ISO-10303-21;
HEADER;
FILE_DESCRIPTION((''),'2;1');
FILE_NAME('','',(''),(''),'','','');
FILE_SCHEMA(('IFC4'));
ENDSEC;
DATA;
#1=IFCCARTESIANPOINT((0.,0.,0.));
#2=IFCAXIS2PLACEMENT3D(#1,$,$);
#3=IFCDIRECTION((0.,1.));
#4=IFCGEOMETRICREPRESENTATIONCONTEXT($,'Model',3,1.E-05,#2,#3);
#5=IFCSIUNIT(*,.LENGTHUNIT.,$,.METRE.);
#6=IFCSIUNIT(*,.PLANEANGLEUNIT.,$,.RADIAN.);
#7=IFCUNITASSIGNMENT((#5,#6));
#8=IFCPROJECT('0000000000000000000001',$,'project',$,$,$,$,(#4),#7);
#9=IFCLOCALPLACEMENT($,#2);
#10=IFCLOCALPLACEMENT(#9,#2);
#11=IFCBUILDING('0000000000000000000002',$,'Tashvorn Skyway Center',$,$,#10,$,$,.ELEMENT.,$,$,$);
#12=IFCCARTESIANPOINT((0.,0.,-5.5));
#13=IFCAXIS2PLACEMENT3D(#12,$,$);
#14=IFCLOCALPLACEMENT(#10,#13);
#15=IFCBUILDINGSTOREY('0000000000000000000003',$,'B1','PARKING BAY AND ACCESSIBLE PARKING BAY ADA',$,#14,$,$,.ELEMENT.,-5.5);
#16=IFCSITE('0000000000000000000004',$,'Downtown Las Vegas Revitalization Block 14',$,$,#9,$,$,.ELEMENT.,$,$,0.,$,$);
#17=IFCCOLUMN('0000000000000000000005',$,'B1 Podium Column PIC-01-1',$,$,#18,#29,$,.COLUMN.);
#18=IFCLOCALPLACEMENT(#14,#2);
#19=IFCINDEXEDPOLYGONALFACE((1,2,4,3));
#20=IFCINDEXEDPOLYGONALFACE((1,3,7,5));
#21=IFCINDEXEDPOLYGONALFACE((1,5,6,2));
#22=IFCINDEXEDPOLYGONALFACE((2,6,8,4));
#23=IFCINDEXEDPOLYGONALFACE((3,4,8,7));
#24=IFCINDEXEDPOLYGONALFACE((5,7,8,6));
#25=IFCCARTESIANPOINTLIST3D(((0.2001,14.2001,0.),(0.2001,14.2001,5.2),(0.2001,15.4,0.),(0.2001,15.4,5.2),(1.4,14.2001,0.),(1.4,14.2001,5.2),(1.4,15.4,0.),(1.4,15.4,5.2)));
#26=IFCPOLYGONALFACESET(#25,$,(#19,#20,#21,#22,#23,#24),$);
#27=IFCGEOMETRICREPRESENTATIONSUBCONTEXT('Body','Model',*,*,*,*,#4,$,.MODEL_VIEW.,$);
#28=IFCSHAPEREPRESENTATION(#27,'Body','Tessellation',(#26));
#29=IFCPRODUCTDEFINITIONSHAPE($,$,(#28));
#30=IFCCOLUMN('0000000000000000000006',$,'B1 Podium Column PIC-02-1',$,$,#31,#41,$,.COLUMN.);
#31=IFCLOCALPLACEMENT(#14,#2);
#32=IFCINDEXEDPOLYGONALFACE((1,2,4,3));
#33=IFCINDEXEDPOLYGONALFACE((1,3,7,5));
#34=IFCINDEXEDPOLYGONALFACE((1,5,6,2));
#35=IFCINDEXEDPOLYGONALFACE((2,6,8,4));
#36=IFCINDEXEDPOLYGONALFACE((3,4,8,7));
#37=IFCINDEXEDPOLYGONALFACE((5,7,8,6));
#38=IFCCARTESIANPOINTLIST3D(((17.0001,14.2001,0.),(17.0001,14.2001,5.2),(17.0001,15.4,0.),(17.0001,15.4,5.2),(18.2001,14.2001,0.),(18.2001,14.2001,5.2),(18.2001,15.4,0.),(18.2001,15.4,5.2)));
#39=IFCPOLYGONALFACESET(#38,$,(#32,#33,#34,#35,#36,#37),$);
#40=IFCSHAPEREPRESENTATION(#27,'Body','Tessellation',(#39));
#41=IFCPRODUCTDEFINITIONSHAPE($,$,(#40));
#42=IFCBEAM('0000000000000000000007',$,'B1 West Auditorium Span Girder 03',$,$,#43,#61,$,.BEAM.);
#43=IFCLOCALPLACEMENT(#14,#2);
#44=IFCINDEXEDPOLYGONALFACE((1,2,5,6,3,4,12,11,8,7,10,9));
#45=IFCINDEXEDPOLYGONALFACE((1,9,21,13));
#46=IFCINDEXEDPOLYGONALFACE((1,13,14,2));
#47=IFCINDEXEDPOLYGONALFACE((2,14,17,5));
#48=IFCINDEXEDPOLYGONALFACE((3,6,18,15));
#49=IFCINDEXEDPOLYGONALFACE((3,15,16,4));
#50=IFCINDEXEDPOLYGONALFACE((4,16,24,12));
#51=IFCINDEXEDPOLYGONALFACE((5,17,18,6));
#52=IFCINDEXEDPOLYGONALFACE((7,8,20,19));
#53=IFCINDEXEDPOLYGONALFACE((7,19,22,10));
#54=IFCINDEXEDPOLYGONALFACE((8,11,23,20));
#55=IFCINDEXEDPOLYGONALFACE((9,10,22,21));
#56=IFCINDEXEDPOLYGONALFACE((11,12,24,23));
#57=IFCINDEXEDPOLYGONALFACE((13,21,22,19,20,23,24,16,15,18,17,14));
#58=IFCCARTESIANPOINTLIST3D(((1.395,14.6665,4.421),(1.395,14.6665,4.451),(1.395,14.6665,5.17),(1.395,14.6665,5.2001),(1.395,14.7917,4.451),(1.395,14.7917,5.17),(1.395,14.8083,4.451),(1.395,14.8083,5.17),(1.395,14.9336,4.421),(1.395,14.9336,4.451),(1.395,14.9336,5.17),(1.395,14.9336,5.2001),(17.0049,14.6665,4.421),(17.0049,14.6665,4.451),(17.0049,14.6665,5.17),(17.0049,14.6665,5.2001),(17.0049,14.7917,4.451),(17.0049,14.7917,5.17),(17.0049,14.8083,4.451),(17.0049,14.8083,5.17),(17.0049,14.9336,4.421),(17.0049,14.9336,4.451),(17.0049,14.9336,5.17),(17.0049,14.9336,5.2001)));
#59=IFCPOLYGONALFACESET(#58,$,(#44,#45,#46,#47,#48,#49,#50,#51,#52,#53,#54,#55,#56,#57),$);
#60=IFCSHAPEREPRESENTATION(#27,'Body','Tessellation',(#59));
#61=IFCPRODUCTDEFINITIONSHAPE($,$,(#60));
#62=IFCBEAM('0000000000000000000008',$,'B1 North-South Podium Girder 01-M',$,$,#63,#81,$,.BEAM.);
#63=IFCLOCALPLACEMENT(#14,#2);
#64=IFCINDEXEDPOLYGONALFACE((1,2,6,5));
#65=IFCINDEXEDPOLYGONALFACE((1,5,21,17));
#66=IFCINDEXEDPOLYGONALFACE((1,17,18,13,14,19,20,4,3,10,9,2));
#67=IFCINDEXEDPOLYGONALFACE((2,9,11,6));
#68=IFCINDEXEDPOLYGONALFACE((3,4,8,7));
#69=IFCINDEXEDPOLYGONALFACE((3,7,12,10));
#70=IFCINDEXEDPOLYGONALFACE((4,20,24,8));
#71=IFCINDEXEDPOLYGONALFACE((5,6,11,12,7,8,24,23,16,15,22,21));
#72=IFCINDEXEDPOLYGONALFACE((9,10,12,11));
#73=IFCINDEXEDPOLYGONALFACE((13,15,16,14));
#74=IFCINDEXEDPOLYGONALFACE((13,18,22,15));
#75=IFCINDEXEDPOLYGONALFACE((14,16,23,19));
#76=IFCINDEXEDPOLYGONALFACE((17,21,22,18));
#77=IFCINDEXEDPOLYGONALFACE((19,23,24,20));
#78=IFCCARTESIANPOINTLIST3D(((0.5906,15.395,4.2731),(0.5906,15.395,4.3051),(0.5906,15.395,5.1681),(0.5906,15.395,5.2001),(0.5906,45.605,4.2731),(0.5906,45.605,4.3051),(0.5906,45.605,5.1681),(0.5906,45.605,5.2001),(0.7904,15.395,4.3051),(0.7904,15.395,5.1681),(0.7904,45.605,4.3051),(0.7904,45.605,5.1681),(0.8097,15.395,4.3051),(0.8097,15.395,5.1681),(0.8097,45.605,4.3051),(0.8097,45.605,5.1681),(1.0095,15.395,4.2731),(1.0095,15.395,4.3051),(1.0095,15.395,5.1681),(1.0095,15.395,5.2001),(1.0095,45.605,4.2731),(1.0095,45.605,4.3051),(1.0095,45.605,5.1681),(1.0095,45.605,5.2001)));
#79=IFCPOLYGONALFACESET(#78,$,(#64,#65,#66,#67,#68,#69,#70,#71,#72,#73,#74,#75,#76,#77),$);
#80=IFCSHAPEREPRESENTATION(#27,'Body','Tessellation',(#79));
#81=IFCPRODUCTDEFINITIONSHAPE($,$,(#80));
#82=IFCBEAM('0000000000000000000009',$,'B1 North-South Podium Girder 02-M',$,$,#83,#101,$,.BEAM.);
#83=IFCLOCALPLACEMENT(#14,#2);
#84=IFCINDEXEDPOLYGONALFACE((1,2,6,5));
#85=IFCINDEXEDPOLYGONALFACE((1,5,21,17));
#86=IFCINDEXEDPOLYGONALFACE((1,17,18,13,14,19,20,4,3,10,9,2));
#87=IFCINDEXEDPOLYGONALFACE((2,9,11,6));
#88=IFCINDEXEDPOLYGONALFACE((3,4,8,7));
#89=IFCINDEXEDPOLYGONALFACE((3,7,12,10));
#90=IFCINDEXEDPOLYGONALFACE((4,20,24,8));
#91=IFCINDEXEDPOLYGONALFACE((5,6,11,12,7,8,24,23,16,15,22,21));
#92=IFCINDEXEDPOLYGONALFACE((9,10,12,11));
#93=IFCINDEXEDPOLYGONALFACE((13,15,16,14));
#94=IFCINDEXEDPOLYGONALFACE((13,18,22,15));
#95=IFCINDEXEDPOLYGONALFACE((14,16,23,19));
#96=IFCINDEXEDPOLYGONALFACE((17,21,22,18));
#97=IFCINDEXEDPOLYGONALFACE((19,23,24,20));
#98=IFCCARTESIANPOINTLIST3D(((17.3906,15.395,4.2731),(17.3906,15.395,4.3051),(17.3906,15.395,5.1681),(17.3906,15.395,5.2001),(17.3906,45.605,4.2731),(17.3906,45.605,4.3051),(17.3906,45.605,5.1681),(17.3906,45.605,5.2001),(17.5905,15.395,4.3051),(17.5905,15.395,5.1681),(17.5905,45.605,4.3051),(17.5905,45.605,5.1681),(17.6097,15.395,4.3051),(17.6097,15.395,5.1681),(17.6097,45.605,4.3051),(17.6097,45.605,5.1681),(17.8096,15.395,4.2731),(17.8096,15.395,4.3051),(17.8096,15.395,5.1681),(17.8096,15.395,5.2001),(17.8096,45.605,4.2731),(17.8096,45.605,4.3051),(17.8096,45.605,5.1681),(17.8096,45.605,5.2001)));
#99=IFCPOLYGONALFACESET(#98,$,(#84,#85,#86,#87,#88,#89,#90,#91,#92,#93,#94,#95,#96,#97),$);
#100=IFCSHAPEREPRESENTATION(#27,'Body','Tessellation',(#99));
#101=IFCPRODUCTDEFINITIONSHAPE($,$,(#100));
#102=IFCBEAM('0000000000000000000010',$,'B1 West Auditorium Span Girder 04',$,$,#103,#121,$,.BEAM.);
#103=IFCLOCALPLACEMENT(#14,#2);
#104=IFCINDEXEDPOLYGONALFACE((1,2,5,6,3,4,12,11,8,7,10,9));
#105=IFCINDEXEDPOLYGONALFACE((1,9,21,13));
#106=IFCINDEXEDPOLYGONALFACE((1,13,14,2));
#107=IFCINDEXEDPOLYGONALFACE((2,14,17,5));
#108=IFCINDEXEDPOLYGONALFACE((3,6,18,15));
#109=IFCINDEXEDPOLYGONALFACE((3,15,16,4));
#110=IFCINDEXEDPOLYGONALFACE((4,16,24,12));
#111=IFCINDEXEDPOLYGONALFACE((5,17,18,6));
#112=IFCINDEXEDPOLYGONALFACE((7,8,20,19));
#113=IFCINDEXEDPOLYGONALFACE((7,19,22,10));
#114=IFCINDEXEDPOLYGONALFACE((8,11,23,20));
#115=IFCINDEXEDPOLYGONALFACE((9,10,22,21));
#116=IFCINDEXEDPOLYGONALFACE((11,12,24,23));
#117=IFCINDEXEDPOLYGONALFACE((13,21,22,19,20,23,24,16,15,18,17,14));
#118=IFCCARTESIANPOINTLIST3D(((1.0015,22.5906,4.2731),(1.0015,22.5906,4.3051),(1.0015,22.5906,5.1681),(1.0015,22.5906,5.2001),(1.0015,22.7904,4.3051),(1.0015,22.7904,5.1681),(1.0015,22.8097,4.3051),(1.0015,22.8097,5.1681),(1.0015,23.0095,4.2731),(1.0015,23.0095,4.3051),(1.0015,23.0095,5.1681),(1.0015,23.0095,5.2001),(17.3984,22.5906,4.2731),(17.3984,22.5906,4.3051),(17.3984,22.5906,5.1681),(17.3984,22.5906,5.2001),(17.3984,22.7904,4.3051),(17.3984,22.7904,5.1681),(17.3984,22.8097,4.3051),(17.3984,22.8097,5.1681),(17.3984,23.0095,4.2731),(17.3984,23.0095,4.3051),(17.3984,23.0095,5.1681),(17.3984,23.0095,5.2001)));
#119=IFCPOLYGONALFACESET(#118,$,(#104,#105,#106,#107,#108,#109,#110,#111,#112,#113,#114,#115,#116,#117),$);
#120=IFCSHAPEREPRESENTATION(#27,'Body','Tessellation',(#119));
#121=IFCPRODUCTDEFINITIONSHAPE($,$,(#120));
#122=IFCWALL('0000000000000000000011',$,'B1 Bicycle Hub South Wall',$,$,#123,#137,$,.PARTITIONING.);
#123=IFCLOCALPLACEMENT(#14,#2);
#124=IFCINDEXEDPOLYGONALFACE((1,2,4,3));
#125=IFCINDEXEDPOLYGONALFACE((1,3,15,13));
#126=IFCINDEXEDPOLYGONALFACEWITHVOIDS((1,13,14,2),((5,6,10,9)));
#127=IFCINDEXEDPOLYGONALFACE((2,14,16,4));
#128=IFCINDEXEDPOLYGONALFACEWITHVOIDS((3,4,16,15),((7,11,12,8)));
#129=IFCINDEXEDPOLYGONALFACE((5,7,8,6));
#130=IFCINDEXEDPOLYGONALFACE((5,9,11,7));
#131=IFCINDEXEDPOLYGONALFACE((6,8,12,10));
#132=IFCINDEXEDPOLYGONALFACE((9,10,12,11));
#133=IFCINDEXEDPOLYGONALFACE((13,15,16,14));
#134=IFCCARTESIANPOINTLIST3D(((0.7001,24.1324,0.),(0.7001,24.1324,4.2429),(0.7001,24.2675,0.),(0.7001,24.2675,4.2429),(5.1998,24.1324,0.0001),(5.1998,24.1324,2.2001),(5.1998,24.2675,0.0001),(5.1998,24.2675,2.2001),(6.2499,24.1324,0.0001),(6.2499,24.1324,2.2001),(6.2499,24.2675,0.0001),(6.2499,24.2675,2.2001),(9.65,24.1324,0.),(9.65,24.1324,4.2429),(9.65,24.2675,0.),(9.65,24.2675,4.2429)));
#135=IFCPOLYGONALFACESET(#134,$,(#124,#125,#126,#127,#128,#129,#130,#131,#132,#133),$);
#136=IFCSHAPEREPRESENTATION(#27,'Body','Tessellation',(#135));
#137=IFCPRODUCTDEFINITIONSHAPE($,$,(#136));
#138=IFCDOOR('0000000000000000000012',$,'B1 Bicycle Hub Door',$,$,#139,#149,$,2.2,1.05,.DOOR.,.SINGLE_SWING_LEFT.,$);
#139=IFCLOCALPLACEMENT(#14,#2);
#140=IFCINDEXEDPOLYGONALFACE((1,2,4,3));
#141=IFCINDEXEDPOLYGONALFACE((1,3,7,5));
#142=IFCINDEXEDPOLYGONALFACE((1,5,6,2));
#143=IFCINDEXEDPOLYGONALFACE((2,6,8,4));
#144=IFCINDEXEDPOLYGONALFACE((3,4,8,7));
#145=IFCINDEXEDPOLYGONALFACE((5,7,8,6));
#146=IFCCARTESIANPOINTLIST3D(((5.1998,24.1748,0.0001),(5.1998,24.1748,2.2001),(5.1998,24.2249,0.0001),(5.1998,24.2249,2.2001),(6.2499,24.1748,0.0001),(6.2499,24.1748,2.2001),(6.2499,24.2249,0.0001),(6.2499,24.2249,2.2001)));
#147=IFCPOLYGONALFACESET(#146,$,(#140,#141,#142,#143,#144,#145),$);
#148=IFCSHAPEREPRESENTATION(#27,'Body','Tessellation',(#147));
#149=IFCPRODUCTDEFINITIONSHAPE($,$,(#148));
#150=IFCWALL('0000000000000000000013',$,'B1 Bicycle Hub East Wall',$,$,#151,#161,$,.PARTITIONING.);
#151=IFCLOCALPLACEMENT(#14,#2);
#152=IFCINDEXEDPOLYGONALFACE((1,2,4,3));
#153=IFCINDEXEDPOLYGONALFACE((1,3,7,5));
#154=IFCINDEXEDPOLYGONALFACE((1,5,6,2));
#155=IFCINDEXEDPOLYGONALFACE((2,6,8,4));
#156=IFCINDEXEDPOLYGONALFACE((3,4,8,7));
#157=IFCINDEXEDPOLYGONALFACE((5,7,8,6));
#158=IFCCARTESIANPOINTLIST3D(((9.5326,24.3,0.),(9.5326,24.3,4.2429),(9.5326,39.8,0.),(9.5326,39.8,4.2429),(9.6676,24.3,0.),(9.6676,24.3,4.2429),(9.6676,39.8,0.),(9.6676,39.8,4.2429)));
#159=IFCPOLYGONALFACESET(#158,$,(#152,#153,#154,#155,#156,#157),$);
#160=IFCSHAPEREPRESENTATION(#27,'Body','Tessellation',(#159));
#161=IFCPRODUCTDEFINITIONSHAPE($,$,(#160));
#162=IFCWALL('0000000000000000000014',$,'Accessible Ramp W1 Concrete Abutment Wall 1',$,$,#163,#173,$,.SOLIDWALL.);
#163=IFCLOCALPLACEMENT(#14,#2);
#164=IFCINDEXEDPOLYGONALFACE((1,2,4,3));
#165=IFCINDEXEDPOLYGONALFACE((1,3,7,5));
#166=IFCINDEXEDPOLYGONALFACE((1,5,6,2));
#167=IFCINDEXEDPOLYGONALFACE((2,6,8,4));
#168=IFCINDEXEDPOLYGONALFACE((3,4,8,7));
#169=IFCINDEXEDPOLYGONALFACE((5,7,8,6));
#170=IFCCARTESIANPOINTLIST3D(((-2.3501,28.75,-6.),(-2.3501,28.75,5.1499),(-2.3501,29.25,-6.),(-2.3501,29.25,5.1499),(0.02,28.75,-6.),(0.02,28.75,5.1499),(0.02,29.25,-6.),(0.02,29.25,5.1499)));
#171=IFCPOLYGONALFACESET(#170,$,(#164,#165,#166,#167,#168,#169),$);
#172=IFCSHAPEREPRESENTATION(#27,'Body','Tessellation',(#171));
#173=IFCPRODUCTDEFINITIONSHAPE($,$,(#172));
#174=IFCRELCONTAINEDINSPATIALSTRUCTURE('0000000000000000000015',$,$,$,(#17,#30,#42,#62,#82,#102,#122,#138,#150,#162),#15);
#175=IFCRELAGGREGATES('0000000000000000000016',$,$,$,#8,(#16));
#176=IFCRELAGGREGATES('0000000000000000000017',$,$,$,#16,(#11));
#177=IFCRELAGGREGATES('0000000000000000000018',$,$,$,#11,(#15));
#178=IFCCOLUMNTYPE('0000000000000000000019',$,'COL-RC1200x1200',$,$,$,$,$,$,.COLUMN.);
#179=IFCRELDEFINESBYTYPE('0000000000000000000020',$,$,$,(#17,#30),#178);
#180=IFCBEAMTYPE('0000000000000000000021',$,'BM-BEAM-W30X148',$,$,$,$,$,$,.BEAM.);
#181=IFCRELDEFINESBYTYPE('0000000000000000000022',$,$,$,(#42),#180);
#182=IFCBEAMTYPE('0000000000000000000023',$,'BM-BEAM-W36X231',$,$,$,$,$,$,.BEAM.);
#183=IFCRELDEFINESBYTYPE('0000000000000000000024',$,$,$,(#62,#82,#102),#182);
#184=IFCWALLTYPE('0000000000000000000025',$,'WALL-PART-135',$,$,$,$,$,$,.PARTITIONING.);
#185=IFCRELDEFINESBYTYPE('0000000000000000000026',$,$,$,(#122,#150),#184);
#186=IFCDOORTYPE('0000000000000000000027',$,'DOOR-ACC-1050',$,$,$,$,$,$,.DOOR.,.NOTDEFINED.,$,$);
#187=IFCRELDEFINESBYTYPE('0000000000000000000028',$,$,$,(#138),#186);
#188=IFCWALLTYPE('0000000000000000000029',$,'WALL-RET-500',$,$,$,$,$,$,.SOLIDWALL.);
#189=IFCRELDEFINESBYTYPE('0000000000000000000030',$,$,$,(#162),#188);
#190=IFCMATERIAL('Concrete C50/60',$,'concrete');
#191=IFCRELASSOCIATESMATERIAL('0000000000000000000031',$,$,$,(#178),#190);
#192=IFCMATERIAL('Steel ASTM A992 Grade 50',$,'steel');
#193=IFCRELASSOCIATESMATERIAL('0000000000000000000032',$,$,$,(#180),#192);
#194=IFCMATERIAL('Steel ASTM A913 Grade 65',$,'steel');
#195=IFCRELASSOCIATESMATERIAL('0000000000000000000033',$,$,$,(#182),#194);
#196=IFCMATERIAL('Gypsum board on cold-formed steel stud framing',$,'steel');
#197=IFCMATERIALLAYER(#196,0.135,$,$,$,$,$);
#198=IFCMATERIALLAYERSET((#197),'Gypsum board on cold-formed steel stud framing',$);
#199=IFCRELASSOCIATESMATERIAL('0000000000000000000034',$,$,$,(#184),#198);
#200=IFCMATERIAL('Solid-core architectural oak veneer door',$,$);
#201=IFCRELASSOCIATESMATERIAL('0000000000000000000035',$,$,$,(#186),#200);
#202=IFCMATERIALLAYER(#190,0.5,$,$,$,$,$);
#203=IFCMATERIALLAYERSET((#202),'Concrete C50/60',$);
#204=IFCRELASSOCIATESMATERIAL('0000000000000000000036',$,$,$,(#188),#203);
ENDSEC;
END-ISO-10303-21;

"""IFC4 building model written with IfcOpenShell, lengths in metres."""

from ifc_helpers import new_model, si_unit, direction, frame, frame_2d, origin, origin_2d, place, context, subcontext, project, spatial, rectangle, i_section, extrude, material, layer, layer_set, material_profile, profile_set, type_object, element, fill, save


model = new_model("IFC4")

# Units and contexts
model_context = context("Model", 3, precision=1e-05, world=origin(), true_north=direction((0.0, 1.0)))
body_context = subcontext(model_context, "Body", "Model", "MODEL_VIEW")
ifc_project = project(units=[si_unit("LENGTHUNIT", "METRE"), si_unit("PLANEANGLEUNIT", "RADIAN")], contexts=[model_context])

# Site, building, storey
site_placement = place(None, origin())
site = spatial("IfcSite", under=ifc_project, at=site_placement, Name="Downtown Las Vegas Revitalization Block 14", CompositionType="ELEMENT", RefElevation=0.0)
building_placement = place(site_placement, origin())
building = spatial("IfcBuilding", under=site, at=building_placement, Name="Tashvorn Skyway Center", CompositionType="ELEMENT")
storey_placement = place(building_placement, frame((0.0, 0.0, -5.5)))
storey = spatial("IfcBuildingStorey", under=building, at=storey_placement, Name="B1", Description="PARKING BAY AND ACCESSIBLE PARKING BAY ADA", CompositionType="ELEMENT", Elevation=-5.5)

# Columns
ifc_material_1 = material(Name="Concrete C50/60", Category="concrete")
ifc_material_profile_1 = material_profile(ifc_material_1, rectangle(XDim=1.2, YDim=1.2, at=origin_2d()), Name="RC1200x1200")
ifc_profile_set_1 = profile_set([ifc_material_profile_1], Name="Concrete C50/60")
column_type = type_object("IfcColumnType", Name="COL-RC1200x1200", PredefinedType="COLUMN", material=ifc_profile_set_1)
for number, where, z_axis, x_axis, name in (
    (1, (0.8, 14.8, 0.0), (0.0, 0.0, 1.0), (1.0, 0.0, 0.0), "B1 Podium Column PIC-01-1"),
    (2, (17.6001, 14.8, 0.0), (0.0, 0.0, 1.0), (1.0, 0.0, 0.0), "B1 Podium Column PIC-02-1"),
):
    element("IfcColumn", number, at=place(storey_placement, frame(where, z_axis=z_axis, x_axis=x_axis)), inside=storey, type_object=column_type, Name=name, PredefinedType="COLUMN", context=body_context, shape_type="SweptSolid", body=[
        extrude(rectangle(XDim=1.2, YDim=1.2, at=origin_2d()), origin(), (0.0, 0.0, 1.0), 5.2),
    ])

# Beams
ifc_material_2 = material(Name="Steel ASTM A992 Grade 50", Category="steel")
ifc_material_profile_2 = material_profile(ifc_material_2, i_section(OverallWidth=0.2671, OverallDepth=0.7791, WebThickness=0.0166, FlangeThickness=0.03, at=origin_2d()), Name="W30X148")
ifc_profile_set_2 = profile_set([ifc_material_profile_2], Name="Steel ASTM A992 Grade 50")
beam_type_1 = type_object("IfcBeamType", Name="BM-BEAM-W30X148", PredefinedType="BEAM", material=ifc_profile_set_2)
beam_1_placement = place(storey_placement, frame((1.395, 14.8, 4.8105), z_axis=(1.0, 0.0, 0.0), x_axis=(0.0, 1.0, 0.0)))
element("IfcBeam", 3, at=beam_1_placement, inside=storey, type_object=beam_type_1, Name="B1 West Auditorium Span Girder 03", PredefinedType="BEAM", context=body_context, shape_type="SweptSolid", body=[
    extrude(i_section(OverallWidth=0.2671, OverallDepth=0.7791, WebThickness=0.0166, FlangeThickness=0.03, at=origin_2d()), origin(), (0.0, 0.0, 1.0), 15.6099),
])
ifc_material_3 = material(Name="Steel ASTM A913 Grade 65", Category="steel")
ifc_material_profile_3 = material_profile(ifc_material_3, i_section(OverallWidth=0.4189, OverallDepth=0.927, WebThickness=0.0193, FlangeThickness=0.032, at=origin_2d()), Name="W36X231")
ifc_profile_set_3 = profile_set([ifc_material_profile_3], Name="Steel ASTM A913 Grade 65")
beam_type_2 = type_object("IfcBeamType", Name="BM-BEAM-W36X231", PredefinedType="BEAM", material=ifc_profile_set_3)
for number, where, z_axis, x_axis, name in (
    (4, (0.8, 15.395, 4.7366), (0.0, 1.0, 0.0), (-1.0, 0.0, 0.0), "B1 North-South Podium Girder 01-M"),
    (5, (17.6001, 15.395, 4.7366), (0.0, 1.0, 0.0), (-1.0, 0.0, 0.0), "B1 North-South Podium Girder 02-M"),
):
    element("IfcBeam", number, at=place(storey_placement, frame(where, z_axis=z_axis, x_axis=x_axis)), inside=storey, type_object=beam_type_2, Name=name, PredefinedType="BEAM", context=body_context, shape_type="SweptSolid", body=[
        extrude(i_section(OverallWidth=0.4189, OverallDepth=0.927, WebThickness=0.0193, FlangeThickness=0.032, at=origin_2d()), origin(), (0.0, 0.0, 1.0), 30.21),
    ])
beam_2_placement = place(storey_placement, frame((1.0015, 22.8, 4.7366), z_axis=(1.0, 0.0, 0.0), x_axis=(0.0, 1.0, 0.0)))
element("IfcBeam", 6, at=beam_2_placement, inside=storey, type_object=beam_type_2, Name="B1 West Auditorium Span Girder 04", PredefinedType="BEAM", context=body_context, shape_type="SweptSolid", body=[
    extrude(i_section(OverallWidth=0.4189, OverallDepth=0.927, WebThickness=0.0193, FlangeThickness=0.032, at=origin_2d()), origin(), (0.0, 0.0, 1.0), 16.397),
])

# Wall, opening, door
ifc_material_4 = material(Name="Gypsum board on cold-formed steel stud framing", Category="steel")
ifc_layer_1 = layer(ifc_material_4, 0.135)
ifc_layer_set_1 = layer_set([ifc_layer_1], Name="Gypsum board on cold-formed steel stud framing")
wall_type_1 = type_object("IfcWallType", Name="WALL-PART-135", PredefinedType="PARTITIONING", material=ifc_layer_set_1)
wall_1_placement = place(storey_placement, frame((0.7, 24.2, 0.0), z_axis=(0.0, 0.0, 1.0), x_axis=(1.0, 0.0, 0.0)))
wall_1 = element("IfcWall", 7, at=wall_1_placement, inside=storey, type_object=wall_type_1, Name="B1 Bicycle Hub South Wall", PredefinedType="PARTITIONING", context=body_context, shape_type="SweptSolid", body=[
    extrude(rectangle(XDim=8.95, YDim=0.135, at=frame_2d((4.4751, 0.0))), origin(), (0.0, 0.0, 1.0), 4.2429),
])
opening_1_placement = place(wall_1_placement, frame((4.5, 0.0, 0.0)))
opening_1 = element("IfcOpeningElement", 8, at=opening_1_placement, cuts=wall_1, PredefinedType="OPENING", context=body_context, shape_type="SweptSolid", body=[
    extrude(rectangle(XDim=1.05, YDim=2.2, at=frame_2d((0.5249, 1.1001))), frame((0.0, 0.0774, 0.0), z_axis=(0.0, -1.0, 0.0), x_axis=(1.0, 0.0, 0.0)), (0.0, 0.0, 1.0), 0.155),
])
ifc_material_5 = material(Name="Solid-core architectural oak veneer door")
door_type_1 = type_object("IfcDoorType", Name="DOOR-ACC-1050", OperationType="NOTDEFINED", PredefinedType="DOOR", material=ifc_material_5)
door_1_placement = place(opening_1_placement, origin())
door_1 = element("IfcDoor", 9, at=door_1_placement, inside=storey, type_object=door_type_1, Name="B1 Bicycle Hub Door", OperationType="SINGLE_SWING_LEFT", OverallHeight=2.2, OverallWidth=1.05, PredefinedType="DOOR", context=body_context, shape_type="SweptSolid", body=[
    extrude(rectangle(XDim=1.05, YDim=2.2, at=frame_2d((0.5249, 1.1001))), frame((0.0, 0.0249, 0.0), z_axis=(0.0, -1.0, 0.0), x_axis=(1.0, 0.0, 0.0)), (0.0, 0.0, 1.0), 0.05),
])
fill(opening_1, door_1)

# Walls
wall_2_placement = place(storey_placement, frame((9.6001, 24.3, 0.0), z_axis=(0.0, 0.0, 1.0), x_axis=(0.0, 1.0, 0.0)))
element("IfcWall", 10, at=wall_2_placement, inside=storey, type_object=wall_type_1, Name="B1 Bicycle Hub East Wall", PredefinedType="PARTITIONING", context=body_context, shape_type="SweptSolid", body=[
    extrude(rectangle(XDim=15.5, YDim=0.135, at=frame_2d((7.75, 0.0))), origin(), (0.0, 0.0, 1.0), 4.2429),
])
ifc_layer_2 = layer(ifc_material_1, 0.5)
ifc_layer_set_2 = layer_set([ifc_layer_2], Name="Concrete C50/60")
wall_type_2 = type_object("IfcWallType", Name="WALL-RET-500", PredefinedType="SOLIDWALL", material=ifc_layer_set_2)
wall_3_placement = place(storey_placement, frame((-2.3501, 29.0, -6.0), z_axis=(0.0, 0.0, 1.0), x_axis=(1.0, 0.0, 0.0)))
element("IfcWall", 11, at=wall_3_placement, inside=storey, type_object=wall_type_2, Name="Accessible Ramp W1 Concrete Abutment Wall 1", PredefinedType="SOLIDWALL", context=body_context, shape_type="SweptSolid", body=[
    extrude(rectangle(XDim=2.3701, YDim=0.5, at=frame_2d((1.1851, 0.0))), origin(), (0.0, 0.0, 1.0), 11.1499),
])

save(model, "model.ifc")
